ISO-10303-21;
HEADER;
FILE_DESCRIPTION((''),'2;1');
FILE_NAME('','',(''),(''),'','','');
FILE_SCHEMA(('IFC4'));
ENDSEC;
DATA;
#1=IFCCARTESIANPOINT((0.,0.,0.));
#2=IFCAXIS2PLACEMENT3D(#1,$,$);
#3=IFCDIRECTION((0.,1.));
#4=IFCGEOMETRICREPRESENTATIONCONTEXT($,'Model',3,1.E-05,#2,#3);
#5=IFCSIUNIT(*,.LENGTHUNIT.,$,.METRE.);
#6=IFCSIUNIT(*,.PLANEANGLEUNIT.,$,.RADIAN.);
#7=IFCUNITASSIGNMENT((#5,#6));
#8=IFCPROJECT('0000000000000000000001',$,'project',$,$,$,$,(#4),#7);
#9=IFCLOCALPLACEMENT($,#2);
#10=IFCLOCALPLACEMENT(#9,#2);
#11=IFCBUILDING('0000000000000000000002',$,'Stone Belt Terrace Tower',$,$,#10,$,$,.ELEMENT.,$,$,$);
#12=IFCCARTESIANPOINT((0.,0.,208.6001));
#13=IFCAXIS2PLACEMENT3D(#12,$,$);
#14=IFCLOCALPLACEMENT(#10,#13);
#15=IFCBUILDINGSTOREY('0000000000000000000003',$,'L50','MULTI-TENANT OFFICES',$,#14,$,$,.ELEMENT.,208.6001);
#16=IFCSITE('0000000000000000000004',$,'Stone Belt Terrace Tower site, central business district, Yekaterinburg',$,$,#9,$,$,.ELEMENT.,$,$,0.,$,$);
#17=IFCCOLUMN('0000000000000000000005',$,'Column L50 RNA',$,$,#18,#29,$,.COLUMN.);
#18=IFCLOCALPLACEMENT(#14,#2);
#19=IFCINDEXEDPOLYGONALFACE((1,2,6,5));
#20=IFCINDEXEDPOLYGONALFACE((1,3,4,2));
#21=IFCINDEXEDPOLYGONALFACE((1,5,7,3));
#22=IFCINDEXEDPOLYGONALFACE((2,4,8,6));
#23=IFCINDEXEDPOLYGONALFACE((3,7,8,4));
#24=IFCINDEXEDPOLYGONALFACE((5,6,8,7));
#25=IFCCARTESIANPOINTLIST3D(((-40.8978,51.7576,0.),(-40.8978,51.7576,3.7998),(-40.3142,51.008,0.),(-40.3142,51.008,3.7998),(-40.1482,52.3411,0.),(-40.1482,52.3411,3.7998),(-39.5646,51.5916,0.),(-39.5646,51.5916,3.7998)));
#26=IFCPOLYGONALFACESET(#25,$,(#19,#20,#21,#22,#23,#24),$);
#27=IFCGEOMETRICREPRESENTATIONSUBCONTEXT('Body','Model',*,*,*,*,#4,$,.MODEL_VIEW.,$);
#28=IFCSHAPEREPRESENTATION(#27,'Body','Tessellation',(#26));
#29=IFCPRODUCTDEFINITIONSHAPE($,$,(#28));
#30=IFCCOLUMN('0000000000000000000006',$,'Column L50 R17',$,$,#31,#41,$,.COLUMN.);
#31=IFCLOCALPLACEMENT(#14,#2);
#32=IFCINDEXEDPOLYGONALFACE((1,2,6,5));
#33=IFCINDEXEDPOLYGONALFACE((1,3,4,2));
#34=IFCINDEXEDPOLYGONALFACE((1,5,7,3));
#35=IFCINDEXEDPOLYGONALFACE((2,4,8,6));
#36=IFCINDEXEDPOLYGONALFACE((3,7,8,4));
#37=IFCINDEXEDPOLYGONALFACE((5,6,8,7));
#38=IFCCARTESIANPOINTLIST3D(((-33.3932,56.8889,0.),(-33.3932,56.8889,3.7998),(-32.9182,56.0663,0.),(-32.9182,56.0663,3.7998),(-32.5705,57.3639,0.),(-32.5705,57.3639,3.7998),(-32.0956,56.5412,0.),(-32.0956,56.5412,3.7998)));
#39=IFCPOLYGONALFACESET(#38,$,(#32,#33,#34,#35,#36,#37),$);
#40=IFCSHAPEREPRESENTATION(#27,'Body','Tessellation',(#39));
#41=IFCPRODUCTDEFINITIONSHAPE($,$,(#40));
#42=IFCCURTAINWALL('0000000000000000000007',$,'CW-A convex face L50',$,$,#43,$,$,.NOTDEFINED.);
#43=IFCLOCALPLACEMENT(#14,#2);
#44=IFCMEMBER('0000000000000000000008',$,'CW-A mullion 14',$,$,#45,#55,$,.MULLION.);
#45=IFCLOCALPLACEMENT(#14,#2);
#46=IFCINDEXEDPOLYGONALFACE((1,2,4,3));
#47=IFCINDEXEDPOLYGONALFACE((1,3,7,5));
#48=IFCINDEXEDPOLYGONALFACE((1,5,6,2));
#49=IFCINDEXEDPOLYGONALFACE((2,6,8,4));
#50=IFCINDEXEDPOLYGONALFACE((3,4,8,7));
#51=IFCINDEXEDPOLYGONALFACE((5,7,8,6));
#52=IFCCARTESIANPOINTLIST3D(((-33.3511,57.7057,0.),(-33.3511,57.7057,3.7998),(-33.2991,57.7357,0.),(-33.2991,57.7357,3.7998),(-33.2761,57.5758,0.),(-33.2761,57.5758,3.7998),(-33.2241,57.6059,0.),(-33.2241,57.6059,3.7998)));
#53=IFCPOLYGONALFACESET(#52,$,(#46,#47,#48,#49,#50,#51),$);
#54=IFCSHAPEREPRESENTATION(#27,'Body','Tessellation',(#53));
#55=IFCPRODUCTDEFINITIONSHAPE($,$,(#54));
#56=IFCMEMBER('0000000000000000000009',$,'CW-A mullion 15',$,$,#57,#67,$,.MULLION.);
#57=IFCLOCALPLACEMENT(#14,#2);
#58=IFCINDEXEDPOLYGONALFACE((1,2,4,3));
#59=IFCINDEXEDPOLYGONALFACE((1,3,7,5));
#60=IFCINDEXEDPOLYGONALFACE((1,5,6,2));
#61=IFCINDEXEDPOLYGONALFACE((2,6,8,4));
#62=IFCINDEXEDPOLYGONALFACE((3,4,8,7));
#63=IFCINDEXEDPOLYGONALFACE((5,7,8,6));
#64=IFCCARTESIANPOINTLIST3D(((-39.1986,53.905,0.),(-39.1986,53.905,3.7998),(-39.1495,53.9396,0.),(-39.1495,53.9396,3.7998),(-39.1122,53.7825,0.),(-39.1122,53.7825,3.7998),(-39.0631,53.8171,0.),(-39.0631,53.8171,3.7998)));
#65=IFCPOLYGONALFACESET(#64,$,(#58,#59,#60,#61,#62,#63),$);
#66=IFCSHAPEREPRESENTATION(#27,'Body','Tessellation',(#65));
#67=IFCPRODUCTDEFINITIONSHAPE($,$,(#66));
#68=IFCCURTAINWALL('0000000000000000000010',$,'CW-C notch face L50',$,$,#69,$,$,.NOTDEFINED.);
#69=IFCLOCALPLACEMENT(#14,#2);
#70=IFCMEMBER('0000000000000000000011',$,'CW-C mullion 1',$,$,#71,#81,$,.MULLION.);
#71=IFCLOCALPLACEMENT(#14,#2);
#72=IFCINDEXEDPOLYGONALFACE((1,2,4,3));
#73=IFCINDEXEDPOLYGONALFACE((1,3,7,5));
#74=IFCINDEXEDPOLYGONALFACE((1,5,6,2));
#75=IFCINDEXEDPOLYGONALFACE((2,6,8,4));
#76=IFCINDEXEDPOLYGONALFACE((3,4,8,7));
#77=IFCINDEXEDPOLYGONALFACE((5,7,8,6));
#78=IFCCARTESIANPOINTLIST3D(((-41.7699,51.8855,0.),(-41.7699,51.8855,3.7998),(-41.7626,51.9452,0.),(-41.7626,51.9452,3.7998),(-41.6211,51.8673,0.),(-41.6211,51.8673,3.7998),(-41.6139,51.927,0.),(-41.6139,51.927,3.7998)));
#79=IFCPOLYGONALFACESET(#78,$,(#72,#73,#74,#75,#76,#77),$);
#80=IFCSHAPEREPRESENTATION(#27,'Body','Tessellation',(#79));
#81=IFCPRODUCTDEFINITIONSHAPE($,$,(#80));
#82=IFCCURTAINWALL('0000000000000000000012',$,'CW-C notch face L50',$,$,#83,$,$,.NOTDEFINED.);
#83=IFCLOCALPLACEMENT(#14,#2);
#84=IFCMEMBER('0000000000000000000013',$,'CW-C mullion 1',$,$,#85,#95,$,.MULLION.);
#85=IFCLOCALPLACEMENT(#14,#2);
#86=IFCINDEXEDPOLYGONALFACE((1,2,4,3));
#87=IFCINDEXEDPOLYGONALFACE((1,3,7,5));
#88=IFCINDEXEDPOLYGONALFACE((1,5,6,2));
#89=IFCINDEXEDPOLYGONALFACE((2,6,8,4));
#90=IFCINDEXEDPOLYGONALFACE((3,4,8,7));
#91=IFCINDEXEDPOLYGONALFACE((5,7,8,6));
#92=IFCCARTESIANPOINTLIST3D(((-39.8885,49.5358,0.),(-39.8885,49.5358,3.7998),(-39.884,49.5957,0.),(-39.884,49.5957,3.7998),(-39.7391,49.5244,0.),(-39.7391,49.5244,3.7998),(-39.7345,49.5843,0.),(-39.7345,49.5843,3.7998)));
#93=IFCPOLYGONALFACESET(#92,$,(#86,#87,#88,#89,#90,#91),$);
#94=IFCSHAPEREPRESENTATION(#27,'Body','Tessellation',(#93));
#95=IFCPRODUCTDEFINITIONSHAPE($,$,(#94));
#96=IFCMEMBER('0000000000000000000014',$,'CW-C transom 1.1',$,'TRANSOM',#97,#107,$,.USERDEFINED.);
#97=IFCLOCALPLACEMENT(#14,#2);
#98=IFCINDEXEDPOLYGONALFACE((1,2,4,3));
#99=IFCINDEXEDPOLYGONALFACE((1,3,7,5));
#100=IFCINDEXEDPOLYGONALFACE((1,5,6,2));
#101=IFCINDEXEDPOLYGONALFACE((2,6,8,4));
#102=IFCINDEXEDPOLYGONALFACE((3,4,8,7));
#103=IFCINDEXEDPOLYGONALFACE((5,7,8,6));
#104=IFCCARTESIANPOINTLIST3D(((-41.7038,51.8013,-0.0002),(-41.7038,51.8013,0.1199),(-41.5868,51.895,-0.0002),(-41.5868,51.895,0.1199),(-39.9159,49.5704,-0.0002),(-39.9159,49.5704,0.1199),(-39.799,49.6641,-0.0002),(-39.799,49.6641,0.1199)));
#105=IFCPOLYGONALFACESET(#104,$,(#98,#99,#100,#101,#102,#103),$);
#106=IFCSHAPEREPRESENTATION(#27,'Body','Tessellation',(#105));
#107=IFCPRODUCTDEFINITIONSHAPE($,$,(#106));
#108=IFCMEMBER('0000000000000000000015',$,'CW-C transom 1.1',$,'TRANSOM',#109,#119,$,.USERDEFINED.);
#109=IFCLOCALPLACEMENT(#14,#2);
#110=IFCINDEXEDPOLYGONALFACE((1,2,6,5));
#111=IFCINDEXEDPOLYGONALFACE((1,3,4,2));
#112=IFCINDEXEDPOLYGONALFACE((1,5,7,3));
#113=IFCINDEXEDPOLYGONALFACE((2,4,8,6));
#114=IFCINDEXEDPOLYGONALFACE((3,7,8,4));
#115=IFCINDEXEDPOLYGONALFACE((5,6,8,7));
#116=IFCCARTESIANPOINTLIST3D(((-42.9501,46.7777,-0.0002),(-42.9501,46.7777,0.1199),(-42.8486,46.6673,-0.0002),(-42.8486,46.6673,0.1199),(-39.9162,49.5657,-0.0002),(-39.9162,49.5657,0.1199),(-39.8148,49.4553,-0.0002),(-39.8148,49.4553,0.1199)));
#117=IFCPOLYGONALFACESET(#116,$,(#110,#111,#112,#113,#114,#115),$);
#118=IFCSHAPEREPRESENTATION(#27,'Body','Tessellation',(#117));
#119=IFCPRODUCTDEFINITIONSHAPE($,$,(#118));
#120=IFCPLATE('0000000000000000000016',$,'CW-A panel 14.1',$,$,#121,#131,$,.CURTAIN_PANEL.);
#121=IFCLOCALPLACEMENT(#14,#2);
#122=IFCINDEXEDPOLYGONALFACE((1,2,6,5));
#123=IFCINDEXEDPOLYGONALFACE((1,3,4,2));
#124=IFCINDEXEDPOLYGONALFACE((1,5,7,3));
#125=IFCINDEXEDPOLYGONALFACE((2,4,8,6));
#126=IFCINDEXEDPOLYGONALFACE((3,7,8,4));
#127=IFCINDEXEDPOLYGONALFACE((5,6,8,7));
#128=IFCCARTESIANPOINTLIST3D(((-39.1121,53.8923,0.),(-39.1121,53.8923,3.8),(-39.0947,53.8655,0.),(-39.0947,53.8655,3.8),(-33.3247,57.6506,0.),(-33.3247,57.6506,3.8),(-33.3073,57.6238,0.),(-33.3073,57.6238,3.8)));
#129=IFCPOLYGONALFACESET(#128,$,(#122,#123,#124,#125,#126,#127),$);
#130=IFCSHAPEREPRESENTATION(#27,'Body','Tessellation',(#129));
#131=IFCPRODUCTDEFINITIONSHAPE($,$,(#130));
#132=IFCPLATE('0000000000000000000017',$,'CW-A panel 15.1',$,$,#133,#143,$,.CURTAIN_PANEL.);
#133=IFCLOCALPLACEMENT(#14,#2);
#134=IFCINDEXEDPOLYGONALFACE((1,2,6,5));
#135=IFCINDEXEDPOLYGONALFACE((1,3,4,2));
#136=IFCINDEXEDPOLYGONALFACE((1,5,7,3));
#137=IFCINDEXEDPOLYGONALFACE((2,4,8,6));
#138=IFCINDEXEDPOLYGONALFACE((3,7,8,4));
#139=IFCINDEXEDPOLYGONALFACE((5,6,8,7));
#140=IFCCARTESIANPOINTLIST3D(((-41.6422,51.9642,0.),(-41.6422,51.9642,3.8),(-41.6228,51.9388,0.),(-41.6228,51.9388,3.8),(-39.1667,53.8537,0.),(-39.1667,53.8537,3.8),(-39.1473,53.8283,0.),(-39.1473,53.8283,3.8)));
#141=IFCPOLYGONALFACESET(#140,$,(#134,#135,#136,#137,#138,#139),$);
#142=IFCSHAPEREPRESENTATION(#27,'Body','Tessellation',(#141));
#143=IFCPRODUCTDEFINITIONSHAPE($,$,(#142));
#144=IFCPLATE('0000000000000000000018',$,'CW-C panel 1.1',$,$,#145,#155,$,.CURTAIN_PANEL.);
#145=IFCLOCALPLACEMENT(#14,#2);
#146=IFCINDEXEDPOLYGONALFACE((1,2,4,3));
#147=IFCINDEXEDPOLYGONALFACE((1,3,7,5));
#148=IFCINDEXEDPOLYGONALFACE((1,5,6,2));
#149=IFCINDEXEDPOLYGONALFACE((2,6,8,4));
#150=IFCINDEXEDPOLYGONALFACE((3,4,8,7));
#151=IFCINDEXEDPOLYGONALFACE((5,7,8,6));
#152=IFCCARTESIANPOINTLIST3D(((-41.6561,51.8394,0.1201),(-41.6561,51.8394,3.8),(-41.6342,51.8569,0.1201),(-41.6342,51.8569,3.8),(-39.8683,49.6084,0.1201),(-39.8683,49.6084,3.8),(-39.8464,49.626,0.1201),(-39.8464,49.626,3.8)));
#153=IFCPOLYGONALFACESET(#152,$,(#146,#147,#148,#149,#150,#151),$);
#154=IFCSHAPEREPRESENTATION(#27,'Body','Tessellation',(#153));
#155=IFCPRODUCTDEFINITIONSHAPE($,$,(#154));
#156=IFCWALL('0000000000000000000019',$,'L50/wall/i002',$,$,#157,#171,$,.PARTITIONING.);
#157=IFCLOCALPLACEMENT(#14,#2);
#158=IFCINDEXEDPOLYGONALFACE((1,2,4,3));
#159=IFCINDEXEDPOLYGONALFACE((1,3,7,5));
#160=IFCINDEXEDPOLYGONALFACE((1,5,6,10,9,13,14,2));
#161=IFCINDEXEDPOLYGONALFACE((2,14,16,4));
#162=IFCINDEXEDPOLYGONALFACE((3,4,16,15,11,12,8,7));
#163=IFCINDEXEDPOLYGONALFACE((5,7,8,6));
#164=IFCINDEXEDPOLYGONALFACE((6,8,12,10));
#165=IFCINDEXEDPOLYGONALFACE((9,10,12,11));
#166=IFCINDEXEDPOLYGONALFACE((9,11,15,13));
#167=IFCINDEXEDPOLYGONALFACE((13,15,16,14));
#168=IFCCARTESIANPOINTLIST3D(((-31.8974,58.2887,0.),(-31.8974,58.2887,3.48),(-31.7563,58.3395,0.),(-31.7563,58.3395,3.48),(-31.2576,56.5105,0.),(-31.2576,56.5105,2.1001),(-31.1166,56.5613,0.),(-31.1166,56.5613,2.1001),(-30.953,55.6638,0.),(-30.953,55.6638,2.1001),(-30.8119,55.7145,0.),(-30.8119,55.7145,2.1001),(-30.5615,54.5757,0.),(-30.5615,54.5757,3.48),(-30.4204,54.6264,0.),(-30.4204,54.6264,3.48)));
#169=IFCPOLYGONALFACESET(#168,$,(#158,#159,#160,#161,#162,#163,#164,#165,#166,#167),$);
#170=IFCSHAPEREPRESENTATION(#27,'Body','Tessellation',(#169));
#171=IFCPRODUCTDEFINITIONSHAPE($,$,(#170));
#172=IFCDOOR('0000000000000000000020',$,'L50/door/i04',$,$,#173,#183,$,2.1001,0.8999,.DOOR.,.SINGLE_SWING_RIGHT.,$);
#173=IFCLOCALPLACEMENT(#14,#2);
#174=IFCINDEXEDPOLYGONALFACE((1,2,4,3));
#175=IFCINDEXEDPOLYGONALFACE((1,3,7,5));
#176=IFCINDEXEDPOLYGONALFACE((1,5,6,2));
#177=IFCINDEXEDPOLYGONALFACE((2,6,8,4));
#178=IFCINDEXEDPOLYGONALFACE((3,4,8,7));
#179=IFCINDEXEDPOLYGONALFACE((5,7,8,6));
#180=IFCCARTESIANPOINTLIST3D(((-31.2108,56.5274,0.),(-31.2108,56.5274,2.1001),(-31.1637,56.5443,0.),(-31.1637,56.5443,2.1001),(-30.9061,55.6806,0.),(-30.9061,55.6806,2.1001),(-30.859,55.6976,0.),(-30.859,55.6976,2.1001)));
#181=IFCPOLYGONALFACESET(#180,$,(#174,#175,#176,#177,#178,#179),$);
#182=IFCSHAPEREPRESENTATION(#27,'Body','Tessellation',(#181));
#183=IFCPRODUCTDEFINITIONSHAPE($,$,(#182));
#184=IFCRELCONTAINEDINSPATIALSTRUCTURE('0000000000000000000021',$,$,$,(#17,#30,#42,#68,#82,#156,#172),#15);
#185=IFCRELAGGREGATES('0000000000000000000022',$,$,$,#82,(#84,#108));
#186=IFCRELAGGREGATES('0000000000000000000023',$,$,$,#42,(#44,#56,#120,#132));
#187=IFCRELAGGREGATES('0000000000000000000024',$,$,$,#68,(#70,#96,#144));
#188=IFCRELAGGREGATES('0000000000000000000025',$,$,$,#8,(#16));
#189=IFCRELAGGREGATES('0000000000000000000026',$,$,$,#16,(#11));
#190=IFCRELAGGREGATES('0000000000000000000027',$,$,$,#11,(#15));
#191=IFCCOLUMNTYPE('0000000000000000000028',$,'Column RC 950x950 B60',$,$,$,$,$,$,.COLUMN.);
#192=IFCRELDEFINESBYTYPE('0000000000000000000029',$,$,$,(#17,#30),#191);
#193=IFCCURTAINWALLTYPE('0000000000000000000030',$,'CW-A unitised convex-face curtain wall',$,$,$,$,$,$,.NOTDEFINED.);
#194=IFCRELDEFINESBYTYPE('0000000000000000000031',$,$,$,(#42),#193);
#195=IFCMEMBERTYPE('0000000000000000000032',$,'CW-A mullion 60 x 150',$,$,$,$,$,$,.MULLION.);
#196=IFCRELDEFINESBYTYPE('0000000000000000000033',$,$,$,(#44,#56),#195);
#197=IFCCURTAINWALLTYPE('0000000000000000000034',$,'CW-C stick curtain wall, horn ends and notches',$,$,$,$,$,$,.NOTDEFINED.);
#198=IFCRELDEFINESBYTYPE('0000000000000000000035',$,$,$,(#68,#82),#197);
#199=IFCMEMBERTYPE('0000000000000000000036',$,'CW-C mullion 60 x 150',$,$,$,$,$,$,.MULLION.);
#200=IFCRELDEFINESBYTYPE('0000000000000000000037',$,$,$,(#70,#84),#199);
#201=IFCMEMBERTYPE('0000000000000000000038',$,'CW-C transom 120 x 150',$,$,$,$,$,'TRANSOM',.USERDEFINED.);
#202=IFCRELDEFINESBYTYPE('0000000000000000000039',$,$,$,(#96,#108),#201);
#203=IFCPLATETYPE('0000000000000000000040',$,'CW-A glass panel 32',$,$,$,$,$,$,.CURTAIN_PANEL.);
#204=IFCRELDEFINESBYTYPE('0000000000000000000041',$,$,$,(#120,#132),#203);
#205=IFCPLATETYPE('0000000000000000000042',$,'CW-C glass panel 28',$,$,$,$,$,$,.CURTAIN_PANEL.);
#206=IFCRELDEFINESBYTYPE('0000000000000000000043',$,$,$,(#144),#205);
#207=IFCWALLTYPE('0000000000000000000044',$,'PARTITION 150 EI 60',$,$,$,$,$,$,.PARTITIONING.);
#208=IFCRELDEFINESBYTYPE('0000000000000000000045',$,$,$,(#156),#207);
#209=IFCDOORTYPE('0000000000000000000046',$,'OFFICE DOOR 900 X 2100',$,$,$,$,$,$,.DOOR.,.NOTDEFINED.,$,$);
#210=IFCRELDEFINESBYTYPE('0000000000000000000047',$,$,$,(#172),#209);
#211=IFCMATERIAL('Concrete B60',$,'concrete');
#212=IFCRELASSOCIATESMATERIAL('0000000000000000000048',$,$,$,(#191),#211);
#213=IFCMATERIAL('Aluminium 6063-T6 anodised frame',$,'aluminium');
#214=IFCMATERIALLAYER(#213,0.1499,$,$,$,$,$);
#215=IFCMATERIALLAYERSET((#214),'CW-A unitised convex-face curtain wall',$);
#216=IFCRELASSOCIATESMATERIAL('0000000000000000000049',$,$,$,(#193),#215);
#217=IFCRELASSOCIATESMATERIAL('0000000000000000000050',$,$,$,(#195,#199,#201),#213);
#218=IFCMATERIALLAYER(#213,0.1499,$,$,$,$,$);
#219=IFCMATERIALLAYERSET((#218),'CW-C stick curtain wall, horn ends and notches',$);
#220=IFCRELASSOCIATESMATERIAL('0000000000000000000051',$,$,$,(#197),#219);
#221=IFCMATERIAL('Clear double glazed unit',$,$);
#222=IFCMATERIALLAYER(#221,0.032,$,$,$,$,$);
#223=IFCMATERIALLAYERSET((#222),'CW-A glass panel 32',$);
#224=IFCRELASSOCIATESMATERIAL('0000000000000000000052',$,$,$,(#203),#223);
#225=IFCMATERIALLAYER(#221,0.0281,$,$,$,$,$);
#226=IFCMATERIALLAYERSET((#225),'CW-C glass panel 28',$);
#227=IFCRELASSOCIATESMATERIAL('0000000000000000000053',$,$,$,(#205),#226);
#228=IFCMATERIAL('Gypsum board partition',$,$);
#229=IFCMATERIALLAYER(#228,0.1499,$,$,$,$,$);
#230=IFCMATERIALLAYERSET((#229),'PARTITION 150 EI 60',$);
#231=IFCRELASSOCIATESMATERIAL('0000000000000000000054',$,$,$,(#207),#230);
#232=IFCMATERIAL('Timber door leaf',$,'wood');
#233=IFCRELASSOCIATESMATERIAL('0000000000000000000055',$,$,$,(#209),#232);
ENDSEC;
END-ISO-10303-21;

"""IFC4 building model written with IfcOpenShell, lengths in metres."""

from ifc_helpers import new_model, si_unit, direction, frame, frame_2d, origin, origin_2d, place, context, subcontext, project, spatial, rectangle, extrude, material, layer, layer_set, material_profile, profile_set, type_object, element, fill, aggregate, save


model = new_model("IFC4")

# Units and contexts
model_context = context("Model", 3, precision=1e-05, world=origin(), true_north=direction((0.0, 1.0)))
body_context = subcontext(model_context, "Body", "Model", "MODEL_VIEW")
ifc_project = project(units=[si_unit("LENGTHUNIT", "METRE"), si_unit("PLANEANGLEUNIT", "RADIAN")], contexts=[model_context])

# Site, building, storey
site_placement = place(None, origin())
site = spatial("IfcSite", under=ifc_project, at=site_placement, Name="Stone Belt Terrace Tower site, central business district, Yekaterinburg", CompositionType="ELEMENT", RefElevation=0.0)
building_placement = place(site_placement, origin())
building = spatial("IfcBuilding", under=site, at=building_placement, Name="Stone Belt Terrace Tower", CompositionType="ELEMENT")
storey_placement = place(building_placement, frame((0.0, 0.0, 208.6001)))
storey = spatial("IfcBuildingStorey", under=building, at=storey_placement, Name="L50", Description="MULTI-TENANT OFFICES", CompositionType="ELEMENT", Elevation=208.6001)

# Columns
ifc_material_1 = material(Name="Concrete B60", Category="concrete")
ifc_material_profile_1 = material_profile(ifc_material_1, rectangle(XDim=0.95, YDim=0.95, at=origin_2d()), Name="RC 950x950")
ifc_profile_set_1 = profile_set([ifc_material_profile_1], Name="Concrete B60")
column_type = type_object("IfcColumnType", Name="Column RC 950x950 B60", PredefinedType="COLUMN", material=ifc_profile_set_1)
for number, where, z_axis, x_axis, name in (
    (1, (-40.2312, 51.6746, 0.0), (0.0, 0.0, 1.0), (0.789057, 0.61432, 0.0), "Column L50 RNA"),
    (2, (-32.7444, 56.7151, 0.0), (0.0, 0.0, 1.0), (0.866025, 0.5, 0.0), "Column L50 R17"),
):
    element("IfcColumn", number, at=place(storey_placement, frame(where, z_axis=z_axis, x_axis=x_axis)), inside=storey, type_object=column_type, Name=name, PredefinedType="COLUMN", context=body_context, shape_type="SweptSolid", body=[
        extrude(rectangle(XDim=0.95, YDim=0.95, at=origin_2d()), origin(), (0.0, 0.0, 1.0), 3.7998),
    ])

# Curtain wall, members
ifc_material_2 = material(Name="Aluminium 6063-T6 anodised frame", Category="aluminium")
ifc_layer_1 = layer(ifc_material_2, 0.1499)
ifc_layer_set_1 = layer_set([ifc_layer_1], Name="CW-A unitised convex-face curtain wall")
curtain_wall_type_1 = type_object("IfcCurtainWallType", Name="CW-A unitised convex-face curtain wall", PredefinedType="NOTDEFINED", material=ifc_layer_set_1)
curtain_wall_1_placement = place(storey_placement, origin())
curtain_wall_1 = element("IfcCurtainWall", 3, at=curtain_wall_1_placement, inside=storey, type_object=curtain_wall_type_1, Name="CW-A convex face L50", PredefinedType="NOTDEFINED")
ifc_material_profile_2 = material_profile(ifc_material_2, rectangle(XDim=0.1499, YDim=0.0601, at=origin_2d()), Name="Aluminium 6063-T6 60x150")
ifc_profile_set_2 = profile_set([ifc_material_profile_2], Name="Aluminium 6063-T6 anodised frame")
member_type_1 = type_object("IfcMemberType", Name="CW-A mullion 60 x 150", PredefinedType="MULLION", material=ifc_profile_set_2)
member_1_placement = place(storey_placement, frame((-33.2876, 57.6558, 0.0), z_axis=(0.0, 0.0, 1.0), x_axis=(0.5, -0.866025, 0.0)))
member_1 = element("IfcMember", 4, at=member_1_placement, type_object=member_type_1, Name="CW-A mullion 14", PredefinedType="MULLION", context=body_context, shape_type="SweptSolid", body=[
    extrude(rectangle(XDim=0.1499, YDim=0.0601, at=origin_2d()), origin(), (0.0, 0.0, 1.0), 3.7998),
])
member_2_placement = place(storey_placement, frame((-39.1309, 53.8611, 0.0), z_axis=(0.0, 0.0, 1.0), x_axis=(0.576102, -0.817378, 0.0)))
member_2 = element("IfcMember", 5, at=member_2_placement, type_object=member_type_1, Name="CW-A mullion 15", PredefinedType="MULLION", context=body_context, shape_type="SweptSolid", body=[
    extrude(rectangle(XDim=0.1499, YDim=0.0601, at=origin_2d()), origin(), (0.0, 0.0, 1.0), 3.7998),
])

# Curtain walls, members
ifc_layer_2 = layer(ifc_material_2, 0.1499)
ifc_layer_set_2 = layer_set([ifc_layer_2], Name="CW-C stick curtain wall, horn ends and notches")
curtain_wall_type_2 = type_object("IfcCurtainWallType", Name="CW-C stick curtain wall, horn ends and notches", PredefinedType="NOTDEFINED", material=ifc_layer_set_2)
curtain_wall_2_placement = place(storey_placement, origin())
curtain_wall_2 = element("IfcCurtainWall", 6, at=curtain_wall_2_placement, inside=storey, type_object=curtain_wall_type_2, Name="CW-C notch face L50", PredefinedType="NOTDEFINED")
ifc_material_profile_3 = material_profile(ifc_material_2, rectangle(XDim=0.1499, YDim=0.0601, at=origin_2d()), Name="Aluminium 6063-T6 60x150")
ifc_profile_set_3 = profile_set([ifc_material_profile_3], Name="Aluminium 6063-T6 anodised frame")
member_type_2 = type_object("IfcMemberType", Name="CW-C mullion 60 x 150", PredefinedType="MULLION", material=ifc_profile_set_3)
member_3_placement = place(storey_placement, frame((-41.6919, 51.9062, 0.0), z_axis=(0.0, 0.0, 1.0), x_axis=(0.992611, -0.121341, 0.0)))
member_3 = element("IfcMember", 7, at=member_3_placement, type_object=member_type_2, Name="CW-C mullion 1", PredefinedType="MULLION", context=body_context, shape_type="SweptSolid", body=[
    extrude(rectangle(XDim=0.1499, YDim=0.0601, at=origin_2d()), origin(), (0.0, 0.0, 1.0), 3.7998),
])
curtain_wall_3_placement = place(storey_placement, origin())
curtain_wall_3 = element("IfcCurtainWall", 8, at=curtain_wall_3_placement, inside=storey, type_object=curtain_wall_type_2, Name="CW-C notch face L50", PredefinedType="NOTDEFINED")
member_4_placement = place(storey_placement, frame((-39.8115, 49.5601, 0.0), z_axis=(0.0, 0.0, 1.0), x_axis=(0.997114, -0.07592, 0.0)))
member_4 = element("IfcMember", 9, at=member_4_placement, type_object=member_type_2, Name="CW-C mullion 1", PredefinedType="MULLION", context=body_context, shape_type="SweptSolid", body=[
    extrude(rectangle(XDim=0.1499, YDim=0.0601, at=origin_2d()), origin(), (0.0, 0.0, 1.0), 3.7998),
])

# Members
ifc_material_profile_4 = material_profile(ifc_material_2, rectangle(XDim=0.1499, YDim=0.1201, at=origin_2d()), Name="Aluminium 6063-T6 150x120")
ifc_profile_set_4 = profile_set([ifc_material_profile_4], Name="Aluminium 6063-T6 anodised frame")
member_type_3 = type_object("IfcMemberType", Name="CW-C transom 120 x 150", ElementType="TRANSOM", PredefinedType="USERDEFINED", material=ifc_profile_set_4)
member_5_placement = place(storey_placement, frame((-41.6453, 51.8481, 0.0598), z_axis=(0.625351, -0.780344, 0.0), x_axis=(0.780344, 0.625351, 0.0)))
member_5 = element("IfcMember", 10, at=member_5_placement, type_object=member_type_3, Name="CW-C transom 1.1", ObjectType="TRANSOM", PredefinedType="USERDEFINED", context=body_context, shape_type="SweptSolid", body=[
    extrude(rectangle(XDim=0.1499, YDim=0.1201, at=origin_2d()), origin(), (0.0, 0.0, 1.0), 2.8589),
])
member_6_placement = place(storey_placement, frame((-39.8655, 49.5105, 0.0598), z_axis=(-0.73631, -0.676644, 0.0), x_axis=(0.676644, -0.73631, 0.0)))
member_6 = element("IfcMember", 11, at=member_6_placement, type_object=member_type_3, Name="CW-C transom 1.1", ObjectType="TRANSOM", PredefinedType="USERDEFINED", context=body_context, shape_type="SweptSolid", body=[
    extrude(rectangle(XDim=0.1499, YDim=0.1201, at=origin_2d()), origin(), (0.0, 0.0, 1.0), 4.1204),
])
aggregate(curtain_wall_3, [member_4, member_6])

# Plates
ifc_material_3 = material(Name="Clear double glazed unit")
ifc_layer_3 = layer(ifc_material_3, 0.032)
ifc_layer_set_3 = layer_set([ifc_layer_3], Name="CW-A glass panel 32")
plate_type_1 = type_object("IfcPlateType", Name="CW-A glass panel 32", PredefinedType="CURTAIN_PANEL", material=ifc_layer_set_3)
plate_1_placement = place(storey_placement, frame((-36.2097, 55.7581, 0.0), z_axis=(0.0, 0.0, 1.0), x_axis=(-0.838671, -0.544639, 0.0)))
plate_1 = element("IfcPlate", 12, at=plate_1_placement, type_object=plate_type_1, Name="CW-A panel 14.1", PredefinedType="CURTAIN_PANEL", context=body_context, shape_type="SweptSolid", body=[
    extrude(rectangle(XDim=6.9006, YDim=0.032, at=origin_2d()), origin(), (0.0, 0.0, 1.0), 3.8),
])
plate_2_placement = place(storey_placement, frame((-40.3948, 52.8962, 0.0), z_axis=(0.0, 0.0, 1.0), x_axis=(-0.794905, -0.606733, 0.0)))
plate_2 = element("IfcPlate", 13, at=plate_2_placement, type_object=plate_type_1, Name="CW-A panel 15.1", PredefinedType="CURTAIN_PANEL", context=body_context, shape_type="SweptSolid", body=[
    extrude(rectangle(XDim=3.1143, YDim=0.032, at=origin_2d()), origin(), (0.0, 0.0, 1.0), 3.8),
])
aggregate(curtain_wall_1, [member_1, member_2, plate_1, plate_2])
ifc_layer_4 = layer(ifc_material_3, 0.0281)
ifc_layer_set_4 = layer_set([ifc_layer_4], Name="CW-C glass panel 28")
plate_type_2 = type_object("IfcPlateType", Name="CW-C glass panel 28", PredefinedType="CURTAIN_PANEL", material=ifc_layer_set_4)
plate_3_placement = place(storey_placement, frame((-40.7512, 50.7327, 0.1201), z_axis=(0.0, 0.0, 1.0), x_axis=(0.625343, -0.78035, 0.0)))
plate_3 = element("IfcPlate", 14, at=plate_3_placement, type_object=plate_type_2, Name="CW-C panel 1.1", PredefinedType="CURTAIN_PANEL", context=body_context, shape_type="SweptSolid", body=[
    extrude(rectangle(XDim=2.8589, YDim=0.0281, at=origin_2d()), origin(), (0.0, 0.0, 1.0), 3.6799),
])
aggregate(curtain_wall_2, [member_3, member_5, plate_3])

# Wall, opening, door
ifc_material_4 = material(Name="Gypsum board partition")
ifc_layer_5 = layer(ifc_material_4, 0.1499)
ifc_layer_set_5 = layer_set([ifc_layer_5], Name="PARTITION 150 EI 60")
wall_type = type_object("IfcWallType", Name="PARTITION 150 EI 60", PredefinedType="PARTITIONING", material=ifc_layer_set_5)
wall_1_placement = place(storey_placement, frame((-31.8269, 58.3142, 0.0), z_axis=(0.0, 0.0, 1.0), x_axis=(0.338542, -0.940951, 0.0)))
wall_1 = element("IfcWall", 15, at=wall_1_placement, inside=storey, type_object=wall_type, Name="L50/wall/i002", PredefinedType="PARTITIONING", context=body_context, shape_type="SweptSolid", body=[
    extrude(rectangle(XDim=3.946, YDim=0.1499, at=frame_2d((1.9731, 0.0))), origin(), (0.0, 0.0, 1.0), 3.48),
])
opening_1_placement = place(wall_1_placement, frame((1.8899, 0.0, 0.0)))
opening_1 = element("IfcOpeningElement", 16, at=opening_1_placement, cuts=wall_1, PredefinedType="OPENING", context=body_context, shape_type="SweptSolid", body=[
    extrude(rectangle(XDim=0.8999, YDim=2.1001, at=frame_2d((0.45, 1.05))), frame((0.0, 0.085, 0.0), z_axis=(0.0, -1.0, 0.0), x_axis=(1.0, 0.0, 0.0)), (0.0, 0.0, 1.0), 0.1699),
])
ifc_material_5 = material(Name="Timber door leaf", Category="wood")
door_type = type_object("IfcDoorType", Name="OFFICE DOOR 900 X 2100", OperationType="NOTDEFINED", PredefinedType="DOOR", material=ifc_material_5)
door_1_placement = place(opening_1_placement, origin())
door_1 = element("IfcDoor", 17, at=door_1_placement, inside=storey, type_object=door_type, Name="L50/door/i04", OperationType="SINGLE_SWING_RIGHT", OverallHeight=2.1001, OverallWidth=0.8999, PredefinedType="DOOR", context=body_context, shape_type="SweptSolid", body=[
    extrude(rectangle(XDim=0.8999, YDim=2.1001, at=frame_2d((0.45, 1.05))), frame((0.0, 0.0249, 0.0), z_axis=(0.0, -1.0, 0.0), x_axis=(1.0, 0.0, 0.0)), (0.0, 0.0, 1.0), 0.05),
])
fill(opening_1, door_1)

save(model, "model.ifc")
